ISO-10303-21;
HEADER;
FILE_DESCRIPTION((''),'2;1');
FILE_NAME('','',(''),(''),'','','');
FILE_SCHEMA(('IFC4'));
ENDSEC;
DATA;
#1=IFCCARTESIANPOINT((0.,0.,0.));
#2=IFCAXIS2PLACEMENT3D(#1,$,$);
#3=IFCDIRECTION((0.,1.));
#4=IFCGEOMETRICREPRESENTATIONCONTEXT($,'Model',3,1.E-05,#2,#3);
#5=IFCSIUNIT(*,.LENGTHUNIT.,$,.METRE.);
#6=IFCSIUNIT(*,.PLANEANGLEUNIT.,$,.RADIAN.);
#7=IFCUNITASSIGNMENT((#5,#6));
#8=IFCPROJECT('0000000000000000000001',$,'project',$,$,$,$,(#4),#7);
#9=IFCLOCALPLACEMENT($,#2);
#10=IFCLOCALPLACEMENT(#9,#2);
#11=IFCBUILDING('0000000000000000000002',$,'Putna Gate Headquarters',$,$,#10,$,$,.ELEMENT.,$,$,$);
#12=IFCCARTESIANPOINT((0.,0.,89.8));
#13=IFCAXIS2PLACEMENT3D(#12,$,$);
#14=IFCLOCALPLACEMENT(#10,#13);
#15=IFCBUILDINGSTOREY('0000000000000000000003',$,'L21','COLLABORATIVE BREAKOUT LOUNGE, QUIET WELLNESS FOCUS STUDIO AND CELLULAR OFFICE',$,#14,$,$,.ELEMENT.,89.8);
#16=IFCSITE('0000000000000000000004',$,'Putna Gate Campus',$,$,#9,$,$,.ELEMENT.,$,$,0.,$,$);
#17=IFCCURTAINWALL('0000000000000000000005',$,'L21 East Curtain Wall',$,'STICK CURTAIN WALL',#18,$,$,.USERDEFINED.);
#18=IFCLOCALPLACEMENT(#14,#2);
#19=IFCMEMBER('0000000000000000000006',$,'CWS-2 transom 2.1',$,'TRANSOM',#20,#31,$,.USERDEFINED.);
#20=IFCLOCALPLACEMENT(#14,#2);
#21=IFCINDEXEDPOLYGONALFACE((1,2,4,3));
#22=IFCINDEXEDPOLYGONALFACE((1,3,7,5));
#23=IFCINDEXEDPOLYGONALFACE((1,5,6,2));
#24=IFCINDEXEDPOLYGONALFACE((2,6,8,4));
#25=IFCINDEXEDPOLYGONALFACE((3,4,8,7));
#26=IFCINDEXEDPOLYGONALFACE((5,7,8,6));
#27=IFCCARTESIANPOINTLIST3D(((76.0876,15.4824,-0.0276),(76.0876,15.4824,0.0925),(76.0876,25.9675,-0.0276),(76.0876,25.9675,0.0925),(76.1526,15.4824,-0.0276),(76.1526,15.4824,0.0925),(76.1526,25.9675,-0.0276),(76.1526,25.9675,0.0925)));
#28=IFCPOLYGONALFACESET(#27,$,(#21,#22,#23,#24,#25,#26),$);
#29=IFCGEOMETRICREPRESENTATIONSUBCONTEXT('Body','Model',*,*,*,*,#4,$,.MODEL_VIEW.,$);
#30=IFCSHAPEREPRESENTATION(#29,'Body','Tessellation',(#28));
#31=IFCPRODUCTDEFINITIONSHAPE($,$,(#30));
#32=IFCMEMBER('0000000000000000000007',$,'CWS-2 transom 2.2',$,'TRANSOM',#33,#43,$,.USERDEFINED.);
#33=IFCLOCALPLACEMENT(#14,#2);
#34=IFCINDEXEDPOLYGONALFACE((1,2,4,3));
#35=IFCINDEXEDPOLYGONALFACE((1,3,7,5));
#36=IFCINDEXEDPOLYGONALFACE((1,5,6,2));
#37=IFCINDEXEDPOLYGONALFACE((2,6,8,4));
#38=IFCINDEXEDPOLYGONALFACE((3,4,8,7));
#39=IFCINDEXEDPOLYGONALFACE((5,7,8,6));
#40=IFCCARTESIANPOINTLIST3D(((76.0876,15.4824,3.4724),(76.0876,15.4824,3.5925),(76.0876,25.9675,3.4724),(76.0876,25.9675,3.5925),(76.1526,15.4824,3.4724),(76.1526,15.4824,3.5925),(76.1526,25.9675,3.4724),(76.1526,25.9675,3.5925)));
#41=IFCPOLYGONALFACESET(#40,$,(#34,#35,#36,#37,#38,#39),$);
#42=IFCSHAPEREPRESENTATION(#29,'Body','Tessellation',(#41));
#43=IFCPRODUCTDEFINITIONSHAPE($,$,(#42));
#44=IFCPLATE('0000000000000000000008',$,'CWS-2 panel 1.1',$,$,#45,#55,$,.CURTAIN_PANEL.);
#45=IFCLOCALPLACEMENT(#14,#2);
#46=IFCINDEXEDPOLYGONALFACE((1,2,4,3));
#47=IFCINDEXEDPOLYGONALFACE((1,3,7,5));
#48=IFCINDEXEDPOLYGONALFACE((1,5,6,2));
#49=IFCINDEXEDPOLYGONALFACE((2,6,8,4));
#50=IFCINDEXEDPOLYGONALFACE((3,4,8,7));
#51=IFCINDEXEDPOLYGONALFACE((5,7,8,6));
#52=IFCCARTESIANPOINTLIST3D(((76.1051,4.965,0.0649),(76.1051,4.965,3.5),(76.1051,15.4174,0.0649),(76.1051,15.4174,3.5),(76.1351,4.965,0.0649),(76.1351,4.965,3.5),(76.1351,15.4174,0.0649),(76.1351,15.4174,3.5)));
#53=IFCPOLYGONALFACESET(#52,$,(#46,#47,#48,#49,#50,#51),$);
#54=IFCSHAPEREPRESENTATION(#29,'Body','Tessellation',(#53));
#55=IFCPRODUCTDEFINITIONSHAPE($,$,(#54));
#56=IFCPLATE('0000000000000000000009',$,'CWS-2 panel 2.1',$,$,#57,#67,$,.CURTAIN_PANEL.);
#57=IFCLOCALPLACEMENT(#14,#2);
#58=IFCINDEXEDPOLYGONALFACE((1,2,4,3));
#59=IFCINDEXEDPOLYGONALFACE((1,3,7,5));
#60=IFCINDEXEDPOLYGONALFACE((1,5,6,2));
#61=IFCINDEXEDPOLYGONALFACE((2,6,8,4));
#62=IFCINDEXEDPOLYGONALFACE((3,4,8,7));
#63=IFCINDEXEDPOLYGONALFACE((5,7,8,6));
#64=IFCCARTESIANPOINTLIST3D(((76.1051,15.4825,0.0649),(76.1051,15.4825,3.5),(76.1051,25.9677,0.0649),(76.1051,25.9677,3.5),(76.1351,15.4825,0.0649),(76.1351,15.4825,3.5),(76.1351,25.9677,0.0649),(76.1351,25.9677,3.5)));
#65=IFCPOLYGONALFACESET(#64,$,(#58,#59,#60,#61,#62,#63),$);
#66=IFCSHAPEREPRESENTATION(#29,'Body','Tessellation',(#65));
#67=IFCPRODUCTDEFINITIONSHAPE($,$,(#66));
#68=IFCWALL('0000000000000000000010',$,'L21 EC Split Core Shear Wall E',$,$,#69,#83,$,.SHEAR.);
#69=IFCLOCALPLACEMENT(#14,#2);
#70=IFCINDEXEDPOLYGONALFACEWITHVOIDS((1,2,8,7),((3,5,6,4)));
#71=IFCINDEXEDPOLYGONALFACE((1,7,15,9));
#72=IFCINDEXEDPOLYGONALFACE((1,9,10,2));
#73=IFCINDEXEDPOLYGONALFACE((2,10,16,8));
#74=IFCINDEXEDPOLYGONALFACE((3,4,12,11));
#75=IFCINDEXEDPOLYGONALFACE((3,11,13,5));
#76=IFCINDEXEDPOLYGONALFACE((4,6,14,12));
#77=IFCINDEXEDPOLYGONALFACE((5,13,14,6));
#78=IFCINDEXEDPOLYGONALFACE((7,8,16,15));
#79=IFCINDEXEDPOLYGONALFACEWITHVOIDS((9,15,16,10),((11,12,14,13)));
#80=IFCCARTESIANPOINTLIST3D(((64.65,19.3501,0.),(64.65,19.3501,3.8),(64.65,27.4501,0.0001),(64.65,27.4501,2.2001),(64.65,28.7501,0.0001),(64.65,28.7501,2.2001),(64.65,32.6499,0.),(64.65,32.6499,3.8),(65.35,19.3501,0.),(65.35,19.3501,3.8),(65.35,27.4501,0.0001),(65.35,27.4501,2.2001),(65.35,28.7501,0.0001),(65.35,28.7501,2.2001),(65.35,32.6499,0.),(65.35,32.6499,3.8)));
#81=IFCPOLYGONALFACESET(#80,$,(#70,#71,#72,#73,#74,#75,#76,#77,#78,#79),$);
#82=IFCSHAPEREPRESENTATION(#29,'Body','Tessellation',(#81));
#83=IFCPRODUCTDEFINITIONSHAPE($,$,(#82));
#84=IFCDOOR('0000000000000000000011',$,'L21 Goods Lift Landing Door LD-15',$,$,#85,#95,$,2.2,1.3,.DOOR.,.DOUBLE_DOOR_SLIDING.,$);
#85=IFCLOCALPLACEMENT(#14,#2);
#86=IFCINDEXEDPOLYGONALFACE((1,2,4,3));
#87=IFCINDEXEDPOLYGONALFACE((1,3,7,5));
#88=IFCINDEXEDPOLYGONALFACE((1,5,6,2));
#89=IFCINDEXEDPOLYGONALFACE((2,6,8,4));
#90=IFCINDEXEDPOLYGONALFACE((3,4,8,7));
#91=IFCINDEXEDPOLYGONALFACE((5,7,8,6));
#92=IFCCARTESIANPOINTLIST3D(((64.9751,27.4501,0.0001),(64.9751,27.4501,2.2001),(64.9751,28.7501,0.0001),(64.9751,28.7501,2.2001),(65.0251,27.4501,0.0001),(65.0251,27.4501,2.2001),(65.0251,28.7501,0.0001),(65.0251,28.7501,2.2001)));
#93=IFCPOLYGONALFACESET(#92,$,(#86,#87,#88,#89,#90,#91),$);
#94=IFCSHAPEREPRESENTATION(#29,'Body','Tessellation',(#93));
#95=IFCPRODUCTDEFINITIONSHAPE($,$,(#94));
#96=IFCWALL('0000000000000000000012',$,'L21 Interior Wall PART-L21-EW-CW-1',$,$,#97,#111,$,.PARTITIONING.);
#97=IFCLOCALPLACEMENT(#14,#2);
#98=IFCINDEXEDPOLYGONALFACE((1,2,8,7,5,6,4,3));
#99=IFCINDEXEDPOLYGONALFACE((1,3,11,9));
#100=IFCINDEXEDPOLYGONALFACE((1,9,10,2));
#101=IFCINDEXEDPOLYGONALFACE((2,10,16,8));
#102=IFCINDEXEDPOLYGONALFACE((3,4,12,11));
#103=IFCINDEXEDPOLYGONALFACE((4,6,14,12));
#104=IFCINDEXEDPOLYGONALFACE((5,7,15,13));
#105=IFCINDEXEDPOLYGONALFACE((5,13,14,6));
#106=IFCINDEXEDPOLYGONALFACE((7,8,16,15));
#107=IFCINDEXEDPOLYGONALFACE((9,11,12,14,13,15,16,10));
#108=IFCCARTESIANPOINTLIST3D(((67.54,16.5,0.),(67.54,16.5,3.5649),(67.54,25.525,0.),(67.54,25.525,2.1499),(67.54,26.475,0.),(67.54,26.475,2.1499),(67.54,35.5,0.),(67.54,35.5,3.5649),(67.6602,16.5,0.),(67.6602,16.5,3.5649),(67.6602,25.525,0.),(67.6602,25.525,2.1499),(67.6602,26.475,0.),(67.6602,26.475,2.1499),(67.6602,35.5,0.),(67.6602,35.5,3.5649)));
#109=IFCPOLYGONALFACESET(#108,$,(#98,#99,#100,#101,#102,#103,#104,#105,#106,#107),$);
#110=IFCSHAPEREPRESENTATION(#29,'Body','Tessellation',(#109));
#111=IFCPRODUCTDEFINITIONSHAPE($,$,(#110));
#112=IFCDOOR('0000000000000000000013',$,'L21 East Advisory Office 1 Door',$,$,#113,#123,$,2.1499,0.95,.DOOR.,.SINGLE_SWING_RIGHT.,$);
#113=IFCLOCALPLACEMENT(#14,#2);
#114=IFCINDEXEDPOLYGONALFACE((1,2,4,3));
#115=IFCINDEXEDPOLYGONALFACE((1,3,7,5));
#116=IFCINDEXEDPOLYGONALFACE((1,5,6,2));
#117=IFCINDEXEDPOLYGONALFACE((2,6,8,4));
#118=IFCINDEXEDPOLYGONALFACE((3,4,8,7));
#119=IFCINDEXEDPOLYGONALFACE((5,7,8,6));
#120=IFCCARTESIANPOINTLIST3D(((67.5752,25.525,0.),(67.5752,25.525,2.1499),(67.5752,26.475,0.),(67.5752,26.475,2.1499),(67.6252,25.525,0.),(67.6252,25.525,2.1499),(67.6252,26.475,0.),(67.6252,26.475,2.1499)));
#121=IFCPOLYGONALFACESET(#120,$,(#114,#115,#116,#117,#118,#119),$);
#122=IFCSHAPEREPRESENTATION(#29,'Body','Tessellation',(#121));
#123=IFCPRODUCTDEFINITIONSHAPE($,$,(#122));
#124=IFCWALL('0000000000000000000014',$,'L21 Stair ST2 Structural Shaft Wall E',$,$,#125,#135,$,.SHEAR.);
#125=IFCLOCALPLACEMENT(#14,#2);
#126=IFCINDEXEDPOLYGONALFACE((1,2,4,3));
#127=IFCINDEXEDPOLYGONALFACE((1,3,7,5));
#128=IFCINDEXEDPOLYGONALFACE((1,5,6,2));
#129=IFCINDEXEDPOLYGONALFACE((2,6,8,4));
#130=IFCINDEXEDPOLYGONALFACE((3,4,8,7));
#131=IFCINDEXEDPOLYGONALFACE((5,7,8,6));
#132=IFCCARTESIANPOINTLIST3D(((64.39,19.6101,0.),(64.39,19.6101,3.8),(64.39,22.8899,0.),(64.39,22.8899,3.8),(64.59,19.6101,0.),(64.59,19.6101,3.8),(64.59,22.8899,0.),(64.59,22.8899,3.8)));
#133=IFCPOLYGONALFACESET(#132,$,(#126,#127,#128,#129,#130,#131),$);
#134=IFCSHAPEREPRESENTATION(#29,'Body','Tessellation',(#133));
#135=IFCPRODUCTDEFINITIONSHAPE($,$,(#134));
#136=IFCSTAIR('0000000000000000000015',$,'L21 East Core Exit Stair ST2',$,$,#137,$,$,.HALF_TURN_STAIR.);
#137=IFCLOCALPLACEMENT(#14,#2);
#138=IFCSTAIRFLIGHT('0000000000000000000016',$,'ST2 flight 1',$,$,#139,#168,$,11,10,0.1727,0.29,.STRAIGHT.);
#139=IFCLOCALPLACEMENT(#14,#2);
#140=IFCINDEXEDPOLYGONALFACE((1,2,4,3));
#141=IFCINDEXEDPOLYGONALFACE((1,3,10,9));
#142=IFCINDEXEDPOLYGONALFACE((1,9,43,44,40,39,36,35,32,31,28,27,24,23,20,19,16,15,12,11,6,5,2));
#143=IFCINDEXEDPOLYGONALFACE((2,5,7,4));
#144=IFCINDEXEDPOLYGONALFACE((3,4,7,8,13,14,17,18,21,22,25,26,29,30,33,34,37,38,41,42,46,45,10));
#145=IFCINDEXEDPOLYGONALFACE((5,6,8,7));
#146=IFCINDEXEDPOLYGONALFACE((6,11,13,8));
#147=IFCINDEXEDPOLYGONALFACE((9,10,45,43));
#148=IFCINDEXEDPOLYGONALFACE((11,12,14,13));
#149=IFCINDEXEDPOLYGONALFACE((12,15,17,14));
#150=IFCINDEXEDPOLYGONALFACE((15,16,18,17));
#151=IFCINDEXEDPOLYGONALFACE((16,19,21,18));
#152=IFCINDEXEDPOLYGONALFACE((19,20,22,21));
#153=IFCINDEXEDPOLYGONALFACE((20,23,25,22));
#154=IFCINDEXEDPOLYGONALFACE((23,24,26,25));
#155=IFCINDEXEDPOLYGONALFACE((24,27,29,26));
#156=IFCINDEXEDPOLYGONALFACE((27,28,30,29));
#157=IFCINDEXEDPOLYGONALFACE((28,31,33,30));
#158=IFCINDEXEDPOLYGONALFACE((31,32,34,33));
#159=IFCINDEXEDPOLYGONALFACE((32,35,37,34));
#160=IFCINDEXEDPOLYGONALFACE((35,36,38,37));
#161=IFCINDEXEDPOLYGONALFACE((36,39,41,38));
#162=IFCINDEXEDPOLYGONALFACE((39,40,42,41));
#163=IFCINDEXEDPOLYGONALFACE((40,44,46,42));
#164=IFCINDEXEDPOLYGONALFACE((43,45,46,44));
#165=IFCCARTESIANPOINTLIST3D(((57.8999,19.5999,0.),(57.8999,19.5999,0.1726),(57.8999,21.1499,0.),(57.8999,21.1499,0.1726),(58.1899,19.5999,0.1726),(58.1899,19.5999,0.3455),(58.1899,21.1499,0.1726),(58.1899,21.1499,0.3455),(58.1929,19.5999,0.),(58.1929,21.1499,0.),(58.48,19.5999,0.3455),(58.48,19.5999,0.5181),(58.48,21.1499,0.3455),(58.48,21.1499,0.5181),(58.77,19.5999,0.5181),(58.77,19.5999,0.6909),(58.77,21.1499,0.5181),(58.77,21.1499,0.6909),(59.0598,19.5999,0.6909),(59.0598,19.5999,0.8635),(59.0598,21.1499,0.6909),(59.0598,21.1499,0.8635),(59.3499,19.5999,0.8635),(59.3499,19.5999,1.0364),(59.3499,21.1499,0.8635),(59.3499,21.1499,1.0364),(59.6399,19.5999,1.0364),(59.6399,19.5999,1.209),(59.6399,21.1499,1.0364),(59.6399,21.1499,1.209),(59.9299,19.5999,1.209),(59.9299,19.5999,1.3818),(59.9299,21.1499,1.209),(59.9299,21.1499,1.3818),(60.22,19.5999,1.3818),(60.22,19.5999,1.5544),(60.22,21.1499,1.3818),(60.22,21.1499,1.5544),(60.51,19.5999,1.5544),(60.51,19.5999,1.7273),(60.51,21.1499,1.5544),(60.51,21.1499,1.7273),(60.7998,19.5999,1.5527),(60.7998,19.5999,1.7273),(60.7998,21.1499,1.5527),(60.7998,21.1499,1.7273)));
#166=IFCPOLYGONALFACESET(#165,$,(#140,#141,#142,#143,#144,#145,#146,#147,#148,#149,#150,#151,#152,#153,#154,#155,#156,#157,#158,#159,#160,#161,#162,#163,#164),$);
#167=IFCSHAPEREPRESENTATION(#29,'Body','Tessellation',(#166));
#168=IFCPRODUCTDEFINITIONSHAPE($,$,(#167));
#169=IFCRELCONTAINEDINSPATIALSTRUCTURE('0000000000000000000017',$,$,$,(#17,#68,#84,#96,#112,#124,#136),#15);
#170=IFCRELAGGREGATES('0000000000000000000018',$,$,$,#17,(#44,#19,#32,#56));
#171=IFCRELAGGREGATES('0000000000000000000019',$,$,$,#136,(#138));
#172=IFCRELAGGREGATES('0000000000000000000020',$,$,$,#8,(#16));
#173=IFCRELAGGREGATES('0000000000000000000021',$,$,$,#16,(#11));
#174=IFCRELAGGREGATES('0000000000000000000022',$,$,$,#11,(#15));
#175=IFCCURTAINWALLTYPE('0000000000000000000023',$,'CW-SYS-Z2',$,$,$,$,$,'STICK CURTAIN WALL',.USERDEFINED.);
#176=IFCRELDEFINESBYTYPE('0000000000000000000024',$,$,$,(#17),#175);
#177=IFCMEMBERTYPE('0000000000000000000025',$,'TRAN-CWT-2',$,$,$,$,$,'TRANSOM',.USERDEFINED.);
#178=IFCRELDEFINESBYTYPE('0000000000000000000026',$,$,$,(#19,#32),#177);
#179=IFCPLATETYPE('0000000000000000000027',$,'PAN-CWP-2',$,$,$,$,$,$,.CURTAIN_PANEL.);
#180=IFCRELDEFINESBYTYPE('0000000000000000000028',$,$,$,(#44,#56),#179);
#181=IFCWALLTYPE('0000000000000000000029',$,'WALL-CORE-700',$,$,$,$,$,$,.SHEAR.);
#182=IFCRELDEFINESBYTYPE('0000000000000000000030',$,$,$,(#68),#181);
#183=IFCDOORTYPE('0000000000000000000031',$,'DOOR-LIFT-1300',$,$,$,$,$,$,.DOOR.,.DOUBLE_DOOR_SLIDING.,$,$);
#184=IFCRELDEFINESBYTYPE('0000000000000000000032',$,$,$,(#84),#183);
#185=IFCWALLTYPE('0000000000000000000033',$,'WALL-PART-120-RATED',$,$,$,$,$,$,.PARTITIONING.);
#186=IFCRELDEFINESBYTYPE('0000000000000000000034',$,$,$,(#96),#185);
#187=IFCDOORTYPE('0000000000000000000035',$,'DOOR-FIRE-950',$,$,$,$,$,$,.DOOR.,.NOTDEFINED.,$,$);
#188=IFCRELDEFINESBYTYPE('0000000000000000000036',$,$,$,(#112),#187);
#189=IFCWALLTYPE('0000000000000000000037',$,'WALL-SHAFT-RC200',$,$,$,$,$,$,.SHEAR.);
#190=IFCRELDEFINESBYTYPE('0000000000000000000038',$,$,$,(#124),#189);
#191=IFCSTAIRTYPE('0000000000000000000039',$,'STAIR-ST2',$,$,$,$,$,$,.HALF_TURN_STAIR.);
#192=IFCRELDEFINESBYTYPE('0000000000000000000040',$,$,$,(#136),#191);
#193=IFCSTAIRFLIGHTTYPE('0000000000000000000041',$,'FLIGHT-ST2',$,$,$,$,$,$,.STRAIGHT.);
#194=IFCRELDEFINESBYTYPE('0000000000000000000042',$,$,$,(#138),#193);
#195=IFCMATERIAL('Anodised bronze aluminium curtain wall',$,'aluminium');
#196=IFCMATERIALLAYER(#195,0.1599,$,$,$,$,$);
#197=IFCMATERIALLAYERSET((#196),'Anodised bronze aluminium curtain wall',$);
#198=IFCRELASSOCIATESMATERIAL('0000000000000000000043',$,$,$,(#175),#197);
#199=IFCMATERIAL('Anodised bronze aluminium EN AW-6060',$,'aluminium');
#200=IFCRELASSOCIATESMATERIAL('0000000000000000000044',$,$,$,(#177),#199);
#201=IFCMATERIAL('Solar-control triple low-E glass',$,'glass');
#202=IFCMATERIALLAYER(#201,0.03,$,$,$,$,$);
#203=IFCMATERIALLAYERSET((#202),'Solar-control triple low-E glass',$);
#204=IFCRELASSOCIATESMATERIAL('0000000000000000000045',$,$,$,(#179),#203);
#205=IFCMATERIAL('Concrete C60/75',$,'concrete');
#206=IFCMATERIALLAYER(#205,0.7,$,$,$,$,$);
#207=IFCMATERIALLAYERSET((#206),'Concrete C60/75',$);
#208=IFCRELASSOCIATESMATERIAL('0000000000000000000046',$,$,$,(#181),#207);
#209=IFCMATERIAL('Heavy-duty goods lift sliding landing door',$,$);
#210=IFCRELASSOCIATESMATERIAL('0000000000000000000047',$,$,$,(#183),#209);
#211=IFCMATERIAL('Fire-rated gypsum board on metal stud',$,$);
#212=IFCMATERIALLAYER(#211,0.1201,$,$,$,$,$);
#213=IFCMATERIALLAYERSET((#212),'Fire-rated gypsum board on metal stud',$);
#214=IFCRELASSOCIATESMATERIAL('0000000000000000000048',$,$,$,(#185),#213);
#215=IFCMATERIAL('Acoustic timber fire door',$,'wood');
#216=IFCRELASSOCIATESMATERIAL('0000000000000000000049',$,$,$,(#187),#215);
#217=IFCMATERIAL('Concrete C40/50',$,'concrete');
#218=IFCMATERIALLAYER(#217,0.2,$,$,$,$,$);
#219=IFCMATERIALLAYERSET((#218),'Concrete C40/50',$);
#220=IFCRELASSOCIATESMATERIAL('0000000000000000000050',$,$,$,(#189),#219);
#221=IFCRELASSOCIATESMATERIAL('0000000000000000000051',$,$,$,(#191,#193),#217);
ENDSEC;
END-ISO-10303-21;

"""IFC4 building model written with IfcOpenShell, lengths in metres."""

from ifc_helpers import new_model, si_unit, direction, frame, frame_2d, origin, origin_2d, place, context, subcontext, project, spatial, polyline, rectangle, outline, extrude, material, layer, layer_set, material_profile, profile_set, type_object, element, fill, aggregate, save


model = new_model("IFC4")

# Units and contexts
model_context = context("Model", 3, precision=1e-05, world=origin(), true_north=direction((0.0, 1.0)))
body_context = subcontext(model_context, "Body", "Model", "MODEL_VIEW")
ifc_project = project(units=[si_unit("LENGTHUNIT", "METRE"), si_unit("PLANEANGLEUNIT", "RADIAN")], contexts=[model_context])

# Site, building, storey
site_placement = place(None, origin())
site = spatial("IfcSite", under=ifc_project, at=site_placement, Name="Putna Gate Campus", CompositionType="ELEMENT", RefElevation=0.0)
building_placement = place(site_placement, origin())
building = spatial("IfcBuilding", under=site, at=building_placement, Name="Putna Gate Headquarters", CompositionType="ELEMENT")
storey_placement = place(building_placement, frame((0.0, 0.0, 89.8)))
storey = spatial("IfcBuildingStorey", under=building, at=storey_placement, Name="L21", Description="COLLABORATIVE BREAKOUT LOUNGE, QUIET WELLNESS FOCUS STUDIO AND CELLULAR OFFICE", CompositionType="ELEMENT", Elevation=89.8)

# Shared definitions
ifc_material_1 = material(Name="Concrete C60/75", Category="concrete")

# Curtain wall, members, plates
ifc_material_2 = material(Name="Anodised bronze aluminium curtain wall", Category="aluminium")
ifc_layer_1 = layer(ifc_material_2, 0.1599)
ifc_layer_set_1 = layer_set([ifc_layer_1], Name="Anodised bronze aluminium curtain wall")
curtain_wall_type = type_object("IfcCurtainWallType", Name="CW-SYS-Z2", ElementType="STICK CURTAIN WALL", PredefinedType="USERDEFINED", material=ifc_layer_set_1)
curtain_wall_placement = place(storey_placement, origin())
curtain_wall = element("IfcCurtainWall", 1, at=curtain_wall_placement, inside=storey, type_object=curtain_wall_type, Name="L21 East Curtain Wall", ObjectType="STICK CURTAIN WALL", PredefinedType="USERDEFINED")
ifc_material_3 = material(Name="Anodised bronze aluminium EN AW-6060", Category="aluminium")
ifc_material_profile_1 = material_profile(ifc_material_3, rectangle(XDim=0.0649, YDim=0.1201, at=origin_2d()), Name="Anodised bronze aluminium EN AW-6060")
ifc_profile_set_1 = profile_set([ifc_material_profile_1], Name="Anodised bronze aluminium EN AW-6060")
member_type_1 = type_object("IfcMemberType", Name="TRAN-CWT-2", ElementType="TRANSOM", PredefinedType="USERDEFINED", material=ifc_profile_set_1)
member_1_placement = place(storey_placement, frame((76.1201, 15.4824, 0.0325), z_axis=(0.0, 1.0, 0.0), x_axis=(-1.0, 0.0, 0.0)))
member_1 = element("IfcMember", 2, at=member_1_placement, type_object=member_type_1, Name="CWS-2 transom 2.1", ObjectType="TRANSOM", PredefinedType="USERDEFINED", context=body_context, shape_type="SweptSolid", body=[
    extrude(rectangle(XDim=0.0649, YDim=0.1201, at=origin_2d()), origin(), (0.0, 0.0, 1.0), 10.4851),
])
member_2_placement = place(storey_placement, frame((76.1201, 15.4824, 3.5325), z_axis=(0.0, 1.0, 0.0), x_axis=(-1.0, 0.0, 0.0)))
member_2 = element("IfcMember", 3, at=member_2_placement, type_object=member_type_1, Name="CWS-2 transom 2.2", ObjectType="TRANSOM", PredefinedType="USERDEFINED", context=body_context, shape_type="SweptSolid", body=[
    extrude(rectangle(XDim=0.0649, YDim=0.1201, at=origin_2d()), origin(), (0.0, 0.0, 1.0), 10.4851),
])
ifc_material_4 = material(Name="Solar-control triple low-E glass", Category="glass")
ifc_layer_2 = layer(ifc_material_4, 0.03)
ifc_layer_set_2 = layer_set([ifc_layer_2], Name="Solar-control triple low-E glass")
plate_type = type_object("IfcPlateType", Name="PAN-CWP-2", PredefinedType="CURTAIN_PANEL", material=ifc_layer_set_2)
plate_1_placement = place(storey_placement, frame((76.1201, 10.1912, 0.0649), z_axis=(0.0, 0.0, 1.0), x_axis=(0.0, 1.0, 0.0)))
plate_1 = element("IfcPlate", 4, at=plate_1_placement, type_object=plate_type, Name="CWS-2 panel 1.1", PredefinedType="CURTAIN_PANEL", context=body_context, shape_type="SweptSolid", body=[
    extrude(rectangle(XDim=10.4524, YDim=0.03, at=origin_2d()), origin(), (0.0, 0.0, 1.0), 3.4351),
])
plate_2_placement = place(storey_placement, frame((76.1201, 20.7251, 0.0649), z_axis=(0.0, 0.0, 1.0), x_axis=(0.0, 1.0, 0.0)))
plate_2 = element("IfcPlate", 5, at=plate_2_placement, type_object=plate_type, Name="CWS-2 panel 2.1", PredefinedType="CURTAIN_PANEL", context=body_context, shape_type="SweptSolid", body=[
    extrude(rectangle(XDim=10.4851, YDim=0.03, at=origin_2d()), origin(), (0.0, 0.0, 1.0), 3.4351),
])
aggregate(curtain_wall, [plate_1, member_1, member_2, plate_2])

# Walls, openings, doors
ifc_layer_3 = layer(ifc_material_1, 0.7)
ifc_layer_set_3 = layer_set([ifc_layer_3], Name="Concrete C60/75")
wall_type_1 = type_object("IfcWallType", Name="WALL-CORE-700", PredefinedType="SHEAR", material=ifc_layer_set_3)
wall_1_placement = place(storey_placement, frame((65.0, 19.3501, 0.0), z_axis=(0.0, 0.0, 1.0), x_axis=(0.0, 1.0, 0.0)))
wall_1 = element("IfcWall", 6, at=wall_1_placement, inside=storey, type_object=wall_type_1, Name="L21 EC Split Core Shear Wall E", PredefinedType="SHEAR", context=body_context, shape_type="SweptSolid", body=[
    extrude(rectangle(XDim=13.2998, YDim=0.7, at=frame_2d((6.6499, 0.0))), origin(), (0.0, 0.0, 1.0), 3.8),
])
opening_1_placement = place(wall_1_placement, frame((8.1001, 0.0, 0.0)))
opening_1 = element("IfcOpeningElement", 7, at=opening_1_placement, cuts=wall_1, PredefinedType="OPENING", context=body_context, shape_type="SweptSolid", body=[
    extrude(rectangle(XDim=1.3, YDim=2.2, at=frame_2d((0.6499, 1.1001))), frame((0.0, 0.3599, 0.0), z_axis=(0.0, -1.0, 0.0), x_axis=(1.0, 0.0, 0.0)), (0.0, 0.0, 1.0), 0.72),
])
ifc_material_5 = material(Name="Heavy-duty goods lift sliding landing door")
door_type_1 = type_object("IfcDoorType", Name="DOOR-LIFT-1300", OperationType="DOUBLE_DOOR_SLIDING", PredefinedType="DOOR", material=ifc_material_5)
door_1_placement = place(opening_1_placement, origin())
door_1 = element("IfcDoor", 8, at=door_1_placement, inside=storey, type_object=door_type_1, Name="L21 Goods Lift Landing Door LD-15", OperationType="DOUBLE_DOOR_SLIDING", OverallHeight=2.2, OverallWidth=1.3, PredefinedType="DOOR", context=body_context, shape_type="SweptSolid", body=[
    extrude(rectangle(XDim=1.3, YDim=2.2, at=frame_2d((0.6499, 1.1001))), frame((0.0, 0.0249, 0.0), z_axis=(0.0, -1.0, 0.0), x_axis=(1.0, 0.0, 0.0)), (0.0, 0.0, 1.0), 0.05),
])
fill(opening_1, door_1)
ifc_material_6 = material(Name="Fire-rated gypsum board on metal stud")
ifc_layer_4 = layer(ifc_material_6, 0.1201)
ifc_layer_set_4 = layer_set([ifc_layer_4], Name="Fire-rated gypsum board on metal stud")
wall_type_2 = type_object("IfcWallType", Name="WALL-PART-120-RATED", PredefinedType="PARTITIONING", material=ifc_layer_set_4)
wall_2_placement = place(storey_placement, frame((67.6001, 16.5, 0.0), z_axis=(0.0, 0.0, 1.0), x_axis=(0.0, 1.0, 0.0)))
wall_2 = element("IfcWall", 9, at=wall_2_placement, inside=storey, type_object=wall_type_2, Name="L21 Interior Wall PART-L21-EW-CW-1", PredefinedType="PARTITIONING", context=body_context, shape_type="SweptSolid", body=[
    extrude(rectangle(XDim=19.0, YDim=0.1201, at=frame_2d((9.5, 0.0))), origin(), (0.0, 0.0, 1.0), 3.5649),
])
opening_2_placement = place(wall_2_placement, frame((9.0249, 0.0, 0.0)))
opening_2 = element("IfcOpeningElement", 10, at=opening_2_placement, cuts=wall_2, PredefinedType="OPENING", context=body_context, shape_type="SweptSolid", body=[
    extrude(rectangle(XDim=0.95, YDim=2.1499, at=frame_2d((0.4751, 1.075))), frame((0.0, 0.0701, 0.0), z_axis=(0.0, -1.0, 0.0), x_axis=(1.0, 0.0, 0.0)), (0.0, 0.0, 1.0), 0.1401),
])
ifc_material_7 = material(Name="Acoustic timber fire door", Category="wood")
door_type_2 = type_object("IfcDoorType", Name="DOOR-FIRE-950", OperationType="NOTDEFINED", PredefinedType="DOOR", material=ifc_material_7)
door_2_placement = place(opening_2_placement, origin())
door_2 = element("IfcDoor", 11, at=door_2_placement, inside=storey, type_object=door_type_2, Name="L21 East Advisory Office 1 Door", OperationType="SINGLE_SWING_RIGHT", OverallHeight=2.1499, OverallWidth=0.95, PredefinedType="DOOR", context=body_context, shape_type="SweptSolid", body=[
    extrude(rectangle(XDim=0.95, YDim=2.1499, at=frame_2d((0.4751, 1.075))), frame((0.0, 0.0249, 0.0), z_axis=(0.0, -1.0, 0.0), x_axis=(1.0, 0.0, 0.0)), (0.0, 0.0, 1.0), 0.05),
])
fill(opening_2, door_2)

# Wall
ifc_material_8 = material(Name="Concrete C40/50", Category="concrete")
ifc_layer_5 = layer(ifc_material_8, 0.2)
ifc_layer_set_5 = layer_set([ifc_layer_5], Name="Concrete C40/50")
wall_type_3 = type_object("IfcWallType", Name="WALL-SHAFT-RC200", PredefinedType="SHEAR", material=ifc_layer_set_5)
wall_3_placement = place(storey_placement, frame((64.49, 19.6101, 0.0), z_axis=(0.0, 0.0, 1.0), x_axis=(0.0, 1.0, 0.0)))
element("IfcWall", 12, at=wall_3_placement, inside=storey, type_object=wall_type_3, Name="L21 Stair ST2 Structural Shaft Wall E", PredefinedType="SHEAR", context=body_context, shape_type="SweptSolid", body=[
    extrude(rectangle(XDim=3.2798, YDim=0.2, at=frame_2d((1.6399, 0.0))), origin(), (0.0, 0.0, 1.0), 3.8),
])

# Stair, stair flight
stair_type = type_object("IfcStairType", Name="STAIR-ST2", PredefinedType="HALF_TURN_STAIR", material=ifc_material_8)
stair_placement = place(storey_placement, origin())
stair = element("IfcStair", 13, at=stair_placement, inside=storey, type_object=stair_type, Name="L21 East Core Exit Stair ST2", PredefinedType="HALF_TURN_STAIR")
stair_flight_type = type_object("IfcStairFlightType", Name="FLIGHT-ST2", PredefinedType="STRAIGHT", material=ifc_material_8)
stair_flight_1_placement = place(storey_placement, frame((57.8999, 20.375, 0.0), z_axis=(0.0, 0.0, 1.0), x_axis=(1.0, 0.0, 0.0)))
stair_flight_1 = element("IfcStairFlight", 14, at=stair_flight_1_placement, type_object=stair_flight_type, Name="ST2 flight 1", NumberOfRisers=11, NumberOfTreads=10, PredefinedType="STRAIGHT", RiserHeight=0.1727, TreadLength=0.29, context=body_context, shape_type="SweptSolid", body=[
    extrude(outline(polyline([(0.0, 0.0), (0.0, 0.1726), (0.29, 0.1726), (0.29, 0.3455), (0.5801, 0.3455), (0.5801, 0.5181), (0.8701, 0.5181), (0.8701, 0.6909), (1.1599, 0.6909), (1.1599, 0.8635), (1.45, 0.8635), (1.45, 1.0364), (1.74, 1.0364), (1.74, 1.209), (2.03, 1.209), (2.03, 1.3818), (2.3201, 1.3818), (2.3201, 1.5544), (2.6101, 1.5544), (2.6101, 1.7273), (2.8999, 1.7273), (2.8999, 1.8999), (2.8999, 1.5527), (0.293, 0.0), (0.0, 0.0)])), frame((0.0, 0.7749, 0.0), z_axis=(0.0, -1.0, 0.0), x_axis=(1.0, 0.0, 0.0)), (0.0, 0.0, 1.0), 1.55),
])
aggregate(stair, [stair_flight_1])

save(model, "model.ifc")
